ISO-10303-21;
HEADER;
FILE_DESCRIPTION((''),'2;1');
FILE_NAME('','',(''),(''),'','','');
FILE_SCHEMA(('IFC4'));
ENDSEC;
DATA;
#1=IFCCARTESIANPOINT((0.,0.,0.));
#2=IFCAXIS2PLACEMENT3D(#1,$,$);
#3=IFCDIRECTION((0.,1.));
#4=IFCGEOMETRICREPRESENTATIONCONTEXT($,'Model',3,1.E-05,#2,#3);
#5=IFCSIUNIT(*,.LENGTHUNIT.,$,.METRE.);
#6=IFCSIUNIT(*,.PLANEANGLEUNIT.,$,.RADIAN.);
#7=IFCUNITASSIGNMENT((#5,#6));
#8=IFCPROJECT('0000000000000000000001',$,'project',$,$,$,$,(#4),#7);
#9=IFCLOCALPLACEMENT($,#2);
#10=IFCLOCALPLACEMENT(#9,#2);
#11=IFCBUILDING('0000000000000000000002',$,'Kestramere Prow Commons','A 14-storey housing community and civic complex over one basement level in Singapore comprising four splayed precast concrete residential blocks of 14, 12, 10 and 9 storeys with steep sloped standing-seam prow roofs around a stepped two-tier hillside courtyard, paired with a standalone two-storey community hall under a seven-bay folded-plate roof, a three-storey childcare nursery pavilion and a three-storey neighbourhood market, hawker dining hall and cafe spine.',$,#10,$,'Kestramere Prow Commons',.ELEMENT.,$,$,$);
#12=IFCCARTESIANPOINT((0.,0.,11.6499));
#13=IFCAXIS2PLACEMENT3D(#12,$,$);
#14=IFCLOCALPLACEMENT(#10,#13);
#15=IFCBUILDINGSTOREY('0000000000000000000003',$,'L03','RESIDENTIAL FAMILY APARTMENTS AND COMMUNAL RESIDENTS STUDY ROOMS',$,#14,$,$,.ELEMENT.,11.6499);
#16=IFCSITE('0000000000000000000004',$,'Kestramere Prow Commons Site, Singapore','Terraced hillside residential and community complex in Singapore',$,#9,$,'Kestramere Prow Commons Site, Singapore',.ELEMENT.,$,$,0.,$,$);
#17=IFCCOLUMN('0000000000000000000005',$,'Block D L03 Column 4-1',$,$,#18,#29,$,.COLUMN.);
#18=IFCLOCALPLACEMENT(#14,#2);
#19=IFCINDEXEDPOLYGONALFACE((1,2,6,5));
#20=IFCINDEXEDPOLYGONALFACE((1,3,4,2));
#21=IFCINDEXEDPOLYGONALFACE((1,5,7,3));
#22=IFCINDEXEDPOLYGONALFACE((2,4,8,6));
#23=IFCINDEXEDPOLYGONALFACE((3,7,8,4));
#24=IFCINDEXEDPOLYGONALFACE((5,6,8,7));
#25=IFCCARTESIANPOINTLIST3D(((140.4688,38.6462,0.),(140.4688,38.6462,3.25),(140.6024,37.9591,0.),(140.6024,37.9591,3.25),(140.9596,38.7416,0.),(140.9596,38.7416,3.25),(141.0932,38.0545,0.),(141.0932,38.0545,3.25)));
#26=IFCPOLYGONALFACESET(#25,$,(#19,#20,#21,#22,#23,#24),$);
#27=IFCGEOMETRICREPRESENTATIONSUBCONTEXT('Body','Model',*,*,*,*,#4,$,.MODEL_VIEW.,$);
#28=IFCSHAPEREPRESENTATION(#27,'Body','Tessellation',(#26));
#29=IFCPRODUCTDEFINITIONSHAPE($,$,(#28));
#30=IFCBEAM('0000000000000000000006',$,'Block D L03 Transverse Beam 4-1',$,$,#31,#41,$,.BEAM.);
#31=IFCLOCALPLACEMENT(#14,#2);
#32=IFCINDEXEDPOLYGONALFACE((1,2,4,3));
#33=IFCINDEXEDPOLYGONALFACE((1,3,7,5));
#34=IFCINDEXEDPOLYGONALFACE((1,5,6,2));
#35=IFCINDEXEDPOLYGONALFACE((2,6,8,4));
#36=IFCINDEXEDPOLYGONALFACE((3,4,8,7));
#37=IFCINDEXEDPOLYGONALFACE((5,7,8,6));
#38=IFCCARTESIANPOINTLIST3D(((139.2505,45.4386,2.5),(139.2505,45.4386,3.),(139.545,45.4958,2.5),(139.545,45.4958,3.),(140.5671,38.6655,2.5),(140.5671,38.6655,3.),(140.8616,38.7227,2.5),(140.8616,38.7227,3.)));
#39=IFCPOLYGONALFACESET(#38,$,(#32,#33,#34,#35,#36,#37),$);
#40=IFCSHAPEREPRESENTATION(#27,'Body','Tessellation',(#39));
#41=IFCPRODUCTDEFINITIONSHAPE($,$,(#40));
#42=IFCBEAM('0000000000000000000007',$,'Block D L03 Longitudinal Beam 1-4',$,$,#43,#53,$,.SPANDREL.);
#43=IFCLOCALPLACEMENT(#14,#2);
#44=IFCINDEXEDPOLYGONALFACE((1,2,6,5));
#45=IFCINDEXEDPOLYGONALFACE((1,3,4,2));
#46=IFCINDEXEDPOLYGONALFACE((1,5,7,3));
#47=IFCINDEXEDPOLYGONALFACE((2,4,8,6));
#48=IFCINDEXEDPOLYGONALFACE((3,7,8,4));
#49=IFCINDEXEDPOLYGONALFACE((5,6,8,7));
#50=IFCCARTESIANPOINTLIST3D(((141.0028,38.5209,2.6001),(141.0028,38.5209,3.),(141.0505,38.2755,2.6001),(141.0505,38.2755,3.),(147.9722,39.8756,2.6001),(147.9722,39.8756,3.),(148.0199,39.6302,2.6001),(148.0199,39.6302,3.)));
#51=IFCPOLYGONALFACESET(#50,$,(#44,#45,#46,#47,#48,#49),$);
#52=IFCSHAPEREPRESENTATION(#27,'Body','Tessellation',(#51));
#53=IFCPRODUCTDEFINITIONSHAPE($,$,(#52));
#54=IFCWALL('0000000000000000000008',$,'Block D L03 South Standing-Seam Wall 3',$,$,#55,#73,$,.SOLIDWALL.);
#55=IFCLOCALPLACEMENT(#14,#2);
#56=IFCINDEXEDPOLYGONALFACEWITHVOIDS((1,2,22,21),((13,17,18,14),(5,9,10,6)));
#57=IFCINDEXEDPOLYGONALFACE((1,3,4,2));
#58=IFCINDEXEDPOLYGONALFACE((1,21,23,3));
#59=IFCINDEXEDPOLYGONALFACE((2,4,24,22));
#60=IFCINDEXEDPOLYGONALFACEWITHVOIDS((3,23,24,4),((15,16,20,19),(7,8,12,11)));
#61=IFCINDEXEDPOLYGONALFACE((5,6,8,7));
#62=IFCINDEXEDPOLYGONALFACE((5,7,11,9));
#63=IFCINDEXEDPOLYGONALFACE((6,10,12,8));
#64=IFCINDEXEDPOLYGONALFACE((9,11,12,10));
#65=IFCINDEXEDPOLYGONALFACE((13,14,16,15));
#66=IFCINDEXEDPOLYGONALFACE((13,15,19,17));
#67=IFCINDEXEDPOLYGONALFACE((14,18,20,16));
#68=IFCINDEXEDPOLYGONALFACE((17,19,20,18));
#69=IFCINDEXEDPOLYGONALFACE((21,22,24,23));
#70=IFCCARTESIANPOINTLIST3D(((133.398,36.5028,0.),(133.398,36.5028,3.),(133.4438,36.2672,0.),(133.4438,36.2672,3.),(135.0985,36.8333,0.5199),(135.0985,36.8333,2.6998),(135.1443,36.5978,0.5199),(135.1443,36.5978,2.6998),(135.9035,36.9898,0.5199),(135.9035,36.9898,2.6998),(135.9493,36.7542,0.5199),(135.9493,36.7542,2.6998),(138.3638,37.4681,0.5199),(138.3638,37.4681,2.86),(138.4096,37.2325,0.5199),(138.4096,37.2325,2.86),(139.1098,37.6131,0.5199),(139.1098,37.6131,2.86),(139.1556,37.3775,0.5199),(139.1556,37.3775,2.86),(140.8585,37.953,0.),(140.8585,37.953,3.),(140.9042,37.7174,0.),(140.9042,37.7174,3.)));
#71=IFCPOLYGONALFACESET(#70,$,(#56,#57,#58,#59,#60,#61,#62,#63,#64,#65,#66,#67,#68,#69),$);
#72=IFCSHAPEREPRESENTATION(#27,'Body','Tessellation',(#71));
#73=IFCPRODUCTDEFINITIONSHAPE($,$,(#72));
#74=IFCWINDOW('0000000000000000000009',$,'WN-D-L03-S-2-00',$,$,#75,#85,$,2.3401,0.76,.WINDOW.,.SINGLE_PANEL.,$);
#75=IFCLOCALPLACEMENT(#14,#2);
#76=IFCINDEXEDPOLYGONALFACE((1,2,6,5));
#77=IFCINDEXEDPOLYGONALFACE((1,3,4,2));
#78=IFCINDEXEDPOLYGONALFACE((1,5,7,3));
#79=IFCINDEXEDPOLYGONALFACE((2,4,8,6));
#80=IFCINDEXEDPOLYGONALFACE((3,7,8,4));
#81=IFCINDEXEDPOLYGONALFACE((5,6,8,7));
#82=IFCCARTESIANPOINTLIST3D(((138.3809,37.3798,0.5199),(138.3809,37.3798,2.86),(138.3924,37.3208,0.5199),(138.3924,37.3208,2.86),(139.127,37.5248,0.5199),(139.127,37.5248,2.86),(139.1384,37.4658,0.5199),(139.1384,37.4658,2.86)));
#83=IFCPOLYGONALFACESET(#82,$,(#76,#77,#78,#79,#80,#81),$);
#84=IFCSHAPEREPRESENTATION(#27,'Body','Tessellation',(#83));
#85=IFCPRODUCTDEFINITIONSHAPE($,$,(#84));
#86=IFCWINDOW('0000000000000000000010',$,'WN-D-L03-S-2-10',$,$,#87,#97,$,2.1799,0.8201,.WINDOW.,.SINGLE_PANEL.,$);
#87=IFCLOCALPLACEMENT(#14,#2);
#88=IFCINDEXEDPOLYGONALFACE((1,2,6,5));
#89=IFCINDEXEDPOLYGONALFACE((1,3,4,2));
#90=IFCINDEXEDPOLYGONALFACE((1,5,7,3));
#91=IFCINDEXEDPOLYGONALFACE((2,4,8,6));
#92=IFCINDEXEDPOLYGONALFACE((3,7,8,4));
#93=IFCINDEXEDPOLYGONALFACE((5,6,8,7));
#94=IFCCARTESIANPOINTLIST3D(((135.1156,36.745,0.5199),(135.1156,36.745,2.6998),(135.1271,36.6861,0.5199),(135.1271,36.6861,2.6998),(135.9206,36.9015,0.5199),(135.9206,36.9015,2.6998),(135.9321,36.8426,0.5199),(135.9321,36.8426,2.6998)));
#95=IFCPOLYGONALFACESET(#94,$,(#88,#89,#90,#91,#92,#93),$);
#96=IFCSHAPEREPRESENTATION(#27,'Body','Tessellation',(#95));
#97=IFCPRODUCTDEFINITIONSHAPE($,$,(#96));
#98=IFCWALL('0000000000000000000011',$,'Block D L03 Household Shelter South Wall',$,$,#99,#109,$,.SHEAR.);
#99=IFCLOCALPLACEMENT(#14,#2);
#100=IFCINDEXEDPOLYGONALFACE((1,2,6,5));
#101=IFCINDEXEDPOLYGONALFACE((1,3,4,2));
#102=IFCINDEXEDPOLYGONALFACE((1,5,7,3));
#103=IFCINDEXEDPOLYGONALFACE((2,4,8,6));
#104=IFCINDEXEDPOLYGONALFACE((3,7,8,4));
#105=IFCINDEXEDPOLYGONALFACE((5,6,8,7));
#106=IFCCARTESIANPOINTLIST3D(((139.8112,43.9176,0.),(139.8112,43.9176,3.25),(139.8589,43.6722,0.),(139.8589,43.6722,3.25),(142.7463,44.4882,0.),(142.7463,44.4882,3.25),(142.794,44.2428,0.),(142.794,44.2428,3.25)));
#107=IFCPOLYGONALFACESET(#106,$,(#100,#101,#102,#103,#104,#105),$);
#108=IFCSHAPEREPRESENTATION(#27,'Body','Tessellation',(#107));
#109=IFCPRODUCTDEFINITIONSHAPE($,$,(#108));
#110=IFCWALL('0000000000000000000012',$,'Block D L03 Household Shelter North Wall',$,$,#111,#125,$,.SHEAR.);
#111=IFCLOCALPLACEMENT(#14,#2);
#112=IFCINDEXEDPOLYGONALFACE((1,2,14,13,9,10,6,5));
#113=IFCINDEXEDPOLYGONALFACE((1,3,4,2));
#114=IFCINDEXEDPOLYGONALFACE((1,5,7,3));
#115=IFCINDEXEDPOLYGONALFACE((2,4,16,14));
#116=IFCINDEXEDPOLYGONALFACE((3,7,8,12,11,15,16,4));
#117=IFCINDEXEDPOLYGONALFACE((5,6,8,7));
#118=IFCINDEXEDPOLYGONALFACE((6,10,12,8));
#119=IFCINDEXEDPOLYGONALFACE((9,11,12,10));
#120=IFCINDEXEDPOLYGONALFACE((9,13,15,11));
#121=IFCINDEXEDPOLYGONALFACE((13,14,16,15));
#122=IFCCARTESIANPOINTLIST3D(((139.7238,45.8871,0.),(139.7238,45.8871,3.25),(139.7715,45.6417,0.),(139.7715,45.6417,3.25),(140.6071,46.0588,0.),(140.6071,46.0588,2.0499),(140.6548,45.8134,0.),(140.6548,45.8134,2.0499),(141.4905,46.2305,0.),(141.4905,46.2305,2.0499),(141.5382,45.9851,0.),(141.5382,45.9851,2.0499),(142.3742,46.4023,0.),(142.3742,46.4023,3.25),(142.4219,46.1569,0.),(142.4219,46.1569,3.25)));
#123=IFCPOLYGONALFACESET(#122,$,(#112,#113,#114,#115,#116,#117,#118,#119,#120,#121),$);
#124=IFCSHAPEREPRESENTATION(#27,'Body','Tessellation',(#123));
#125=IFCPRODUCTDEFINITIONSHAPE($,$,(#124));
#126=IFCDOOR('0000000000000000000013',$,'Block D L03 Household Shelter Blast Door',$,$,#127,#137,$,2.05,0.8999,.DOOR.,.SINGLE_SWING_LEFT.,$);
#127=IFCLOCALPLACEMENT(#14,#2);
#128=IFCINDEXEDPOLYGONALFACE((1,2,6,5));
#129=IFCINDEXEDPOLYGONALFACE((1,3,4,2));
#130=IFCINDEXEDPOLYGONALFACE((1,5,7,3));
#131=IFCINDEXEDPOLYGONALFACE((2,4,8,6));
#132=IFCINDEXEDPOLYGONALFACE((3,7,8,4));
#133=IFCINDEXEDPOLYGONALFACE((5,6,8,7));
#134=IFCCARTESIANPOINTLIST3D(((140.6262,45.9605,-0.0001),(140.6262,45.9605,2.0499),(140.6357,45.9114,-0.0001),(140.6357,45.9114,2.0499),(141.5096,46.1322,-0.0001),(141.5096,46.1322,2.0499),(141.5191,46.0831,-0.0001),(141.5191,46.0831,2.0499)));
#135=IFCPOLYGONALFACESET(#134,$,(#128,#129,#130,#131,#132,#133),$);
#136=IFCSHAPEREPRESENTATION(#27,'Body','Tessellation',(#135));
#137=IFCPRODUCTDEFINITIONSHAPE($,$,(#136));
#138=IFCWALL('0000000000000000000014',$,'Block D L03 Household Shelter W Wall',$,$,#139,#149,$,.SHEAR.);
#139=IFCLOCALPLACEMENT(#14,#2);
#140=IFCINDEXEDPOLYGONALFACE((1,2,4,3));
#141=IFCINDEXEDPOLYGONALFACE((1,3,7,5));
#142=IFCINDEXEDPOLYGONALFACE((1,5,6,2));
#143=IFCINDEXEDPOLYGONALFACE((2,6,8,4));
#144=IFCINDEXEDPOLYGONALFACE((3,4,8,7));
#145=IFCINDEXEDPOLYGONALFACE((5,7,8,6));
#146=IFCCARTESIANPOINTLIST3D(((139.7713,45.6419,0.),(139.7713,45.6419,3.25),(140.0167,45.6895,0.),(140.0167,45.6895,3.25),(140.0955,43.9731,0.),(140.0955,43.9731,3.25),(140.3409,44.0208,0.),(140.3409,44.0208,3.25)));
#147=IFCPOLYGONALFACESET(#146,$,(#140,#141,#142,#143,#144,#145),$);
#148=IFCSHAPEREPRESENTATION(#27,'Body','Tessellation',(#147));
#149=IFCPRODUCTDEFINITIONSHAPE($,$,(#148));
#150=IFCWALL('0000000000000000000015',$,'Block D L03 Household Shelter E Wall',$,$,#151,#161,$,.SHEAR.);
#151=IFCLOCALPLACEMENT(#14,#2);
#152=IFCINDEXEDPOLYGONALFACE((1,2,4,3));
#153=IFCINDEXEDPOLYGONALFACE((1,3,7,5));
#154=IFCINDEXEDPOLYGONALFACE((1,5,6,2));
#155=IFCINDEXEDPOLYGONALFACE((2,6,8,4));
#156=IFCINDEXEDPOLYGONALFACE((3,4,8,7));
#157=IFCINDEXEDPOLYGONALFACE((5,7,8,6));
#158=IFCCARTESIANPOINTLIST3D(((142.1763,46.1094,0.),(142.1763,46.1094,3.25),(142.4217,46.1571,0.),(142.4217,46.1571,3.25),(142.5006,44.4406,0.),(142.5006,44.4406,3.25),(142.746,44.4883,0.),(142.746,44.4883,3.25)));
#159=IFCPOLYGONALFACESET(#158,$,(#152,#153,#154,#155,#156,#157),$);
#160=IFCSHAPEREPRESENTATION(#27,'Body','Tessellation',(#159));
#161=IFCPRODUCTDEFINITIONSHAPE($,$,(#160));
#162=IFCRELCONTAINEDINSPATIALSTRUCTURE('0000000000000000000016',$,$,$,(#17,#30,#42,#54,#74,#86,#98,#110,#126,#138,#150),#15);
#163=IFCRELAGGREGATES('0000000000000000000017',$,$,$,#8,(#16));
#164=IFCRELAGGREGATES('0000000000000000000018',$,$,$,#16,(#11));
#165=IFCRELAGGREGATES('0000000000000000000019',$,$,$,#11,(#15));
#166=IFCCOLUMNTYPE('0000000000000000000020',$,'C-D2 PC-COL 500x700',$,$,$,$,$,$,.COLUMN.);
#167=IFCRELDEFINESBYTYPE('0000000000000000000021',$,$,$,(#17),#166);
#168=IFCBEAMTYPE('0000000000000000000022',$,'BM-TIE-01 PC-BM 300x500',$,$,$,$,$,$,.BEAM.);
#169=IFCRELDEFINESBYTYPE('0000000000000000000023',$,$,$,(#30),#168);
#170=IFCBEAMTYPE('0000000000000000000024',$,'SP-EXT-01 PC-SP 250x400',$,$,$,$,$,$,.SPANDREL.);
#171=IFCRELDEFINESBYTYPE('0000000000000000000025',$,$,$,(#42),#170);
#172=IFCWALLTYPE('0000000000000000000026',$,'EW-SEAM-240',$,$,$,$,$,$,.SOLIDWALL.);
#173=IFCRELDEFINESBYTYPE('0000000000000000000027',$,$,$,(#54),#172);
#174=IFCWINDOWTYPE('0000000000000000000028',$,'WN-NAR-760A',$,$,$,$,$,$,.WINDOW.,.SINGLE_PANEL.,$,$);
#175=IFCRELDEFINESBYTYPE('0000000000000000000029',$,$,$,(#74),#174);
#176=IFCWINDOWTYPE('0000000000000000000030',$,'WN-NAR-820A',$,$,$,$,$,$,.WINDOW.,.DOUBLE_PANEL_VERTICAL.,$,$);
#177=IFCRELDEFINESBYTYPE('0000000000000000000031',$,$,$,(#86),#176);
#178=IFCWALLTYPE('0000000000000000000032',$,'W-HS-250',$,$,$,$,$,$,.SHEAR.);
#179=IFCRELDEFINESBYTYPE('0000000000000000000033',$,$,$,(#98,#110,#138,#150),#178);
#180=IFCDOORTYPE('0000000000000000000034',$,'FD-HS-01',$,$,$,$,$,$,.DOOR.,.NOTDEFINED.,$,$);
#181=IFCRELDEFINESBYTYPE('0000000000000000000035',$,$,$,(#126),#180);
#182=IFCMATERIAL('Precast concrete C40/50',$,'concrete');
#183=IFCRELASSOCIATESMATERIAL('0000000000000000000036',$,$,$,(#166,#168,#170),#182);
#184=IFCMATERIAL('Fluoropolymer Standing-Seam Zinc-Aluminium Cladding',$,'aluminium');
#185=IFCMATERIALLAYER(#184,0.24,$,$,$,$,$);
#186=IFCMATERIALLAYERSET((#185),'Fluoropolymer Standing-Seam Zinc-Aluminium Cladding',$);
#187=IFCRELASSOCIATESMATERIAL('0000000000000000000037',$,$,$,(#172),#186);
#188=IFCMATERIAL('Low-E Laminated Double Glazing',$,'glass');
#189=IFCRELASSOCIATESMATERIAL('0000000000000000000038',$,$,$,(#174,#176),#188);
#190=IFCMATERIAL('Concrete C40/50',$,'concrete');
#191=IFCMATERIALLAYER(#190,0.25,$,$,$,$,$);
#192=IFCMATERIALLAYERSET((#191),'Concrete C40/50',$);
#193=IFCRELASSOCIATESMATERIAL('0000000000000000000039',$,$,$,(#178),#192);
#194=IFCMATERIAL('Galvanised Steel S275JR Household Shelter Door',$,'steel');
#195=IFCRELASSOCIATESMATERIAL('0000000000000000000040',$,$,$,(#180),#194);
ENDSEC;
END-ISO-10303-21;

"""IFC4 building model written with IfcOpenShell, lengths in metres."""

from ifc_helpers import new_model, si_unit, direction, frame, frame_2d, origin, origin_2d, place, context, subcontext, project, spatial, rectangle, extrude, material, layer, layer_set, material_profile, profile_set, type_object, element, fill, save


model = new_model("IFC4")

# Units and contexts
model_context = context("Model", 3, precision=1e-05, world=origin(), true_north=direction((0.0, 1.0)))
body_context = subcontext(model_context, "Body", "Model", "MODEL_VIEW")
ifc_project = project(units=[si_unit("LENGTHUNIT", "METRE"), si_unit("PLANEANGLEUNIT", "RADIAN")], contexts=[model_context])

# Site, building, storey
site_placement = place(None, origin())
site = spatial("IfcSite", under=ifc_project, at=site_placement, Name="Kestramere Prow Commons Site, Singapore", Description="Terraced hillside residential and community complex in Singapore", LongName="Kestramere Prow Commons Site, Singapore", CompositionType="ELEMENT", RefElevation=0.0)
building_placement = place(site_placement, origin())
building = spatial("IfcBuilding", under=site, at=building_placement, Name="Kestramere Prow Commons", Description="A 14-storey housing community and civic complex over one basement level in Singapore comprising four splayed precast concrete residential blocks of 14, 12, 10 and 9 storeys with steep sloped standing-seam prow roofs around a stepped two-tier hillside courtyard, paired with a standalone two-storey community hall under a seven-bay folded-plate roof, a three-storey childcare nursery pavilion and a three-storey neighbourhood market, hawker dining hall and cafe spine.", LongName="Kestramere Prow Commons", CompositionType="ELEMENT")
storey_placement = place(building_placement, frame((0.0, 0.0, 11.6499)))
storey = spatial("IfcBuildingStorey", under=building, at=storey_placement, Name="L03", Description="RESIDENTIAL FAMILY APARTMENTS AND COMMUNAL RESIDENTS STUDY ROOMS", CompositionType="ELEMENT", Elevation=11.6499)

# Column
ifc_material_1 = material(Name="Precast concrete C40/50", Category="concrete")
ifc_material_profile_1 = material_profile(ifc_material_1, rectangle(XDim=0.5, YDim=0.7, at=origin_2d()), Name="PC-COL 500x700")
ifc_profile_set_1 = profile_set([ifc_material_profile_1], Name="Precast concrete C40/50")
column_type = type_object("IfcColumnType", Name="C-D2 PC-COL 500x700", PredefinedType="COLUMN", material=ifc_profile_set_1)
column_placement = place(storey_placement, frame((140.781, 38.3503, 0.0), z_axis=(0.0, 0.0, 1.0), x_axis=(0.981627, 0.190809, 0.0)))
element("IfcColumn", 1, at=column_placement, inside=storey, type_object=column_type, Name="Block D L03 Column 4-1", PredefinedType="COLUMN", context=body_context, shape_type="SweptSolid", body=[
    extrude(rectangle(XDim=0.5, YDim=0.7, at=origin_2d()), origin(), (0.0, 0.0, 1.0), 3.25),
])

# Beams
ifc_material_profile_2 = material_profile(ifc_material_1, rectangle(XDim=0.3, YDim=0.5, at=origin_2d()), Name="PC-BM 300x500")
ifc_profile_set_2 = profile_set([ifc_material_profile_2], Name="Precast concrete C40/50")
beam_type_1 = type_object("IfcBeamType", Name="BM-TIE-01 PC-BM 300x500", PredefinedType="BEAM", material=ifc_profile_set_2)
beam_1_placement = place(storey_placement, frame((140.7144, 38.6941, 2.75), z_axis=(-0.190819, 0.981625, 0.0), x_axis=(-0.981625, -0.190819, 0.0)))
element("IfcBeam", 2, at=beam_1_placement, inside=storey, type_object=beam_type_1, Name="Block D L03 Transverse Beam 4-1", PredefinedType="BEAM", context=body_context, shape_type="SweptSolid", body=[
    extrude(rectangle(XDim=0.3, YDim=0.5, at=origin_2d()), origin(), (0.0, 0.0, 1.0), 6.8999),
])
ifc_material_profile_3 = material_profile(ifc_material_1, rectangle(XDim=0.25, YDim=0.3999, at=origin_2d()), Name="PC-SP 250x400")
ifc_profile_set_3 = profile_set([ifc_material_profile_3], Name="Precast concrete C40/50")
beam_type_2 = type_object("IfcBeamType", Name="SP-EXT-01 PC-SP 250x400", PredefinedType="SPANDREL", material=ifc_profile_set_3)
beam_2_placement = place(storey_placement, frame((141.0266, 38.3982, 2.8), z_axis=(0.981627, 0.19081, 0.0), x_axis=(-0.19081, 0.981627, 0.0)))
element("IfcBeam", 3, at=beam_2_placement, inside=storey, type_object=beam_type_2, Name="Block D L03 Longitudinal Beam 1-4", PredefinedType="SPANDREL", context=body_context, shape_type="SweptSolid", body=[
    extrude(rectangle(XDim=0.25, YDim=0.3999, at=origin_2d()), origin(), (0.0, 0.0, 1.0), 7.0999),
])

# Wall, openings, windows
ifc_material_2 = material(Name="Fluoropolymer Standing-Seam Zinc-Aluminium Cladding", Category="aluminium")
ifc_layer_1 = layer(ifc_material_2, 0.24)
ifc_layer_set_1 = layer_set([ifc_layer_1], Name="Fluoropolymer Standing-Seam Zinc-Aluminium Cladding")
wall_type_1 = type_object("IfcWallType", Name="EW-SEAM-240", PredefinedType="SOLIDWALL", material=ifc_layer_set_1)
wall_1_placement = place(storey_placement, frame((140.8813, 37.8352, 0.0), z_axis=(0.0, 0.0, 1.0), x_axis=(-0.981626, -0.190813, 0.0)))
wall_1 = element("IfcWall", 4, at=wall_1_placement, inside=storey, type_object=wall_type_1, Name="Block D L03 South Standing-Seam Wall 3", PredefinedType="SOLIDWALL", context=body_context, shape_type="SweptSolid", body=[
    extrude(rectangle(XDim=7.6001, YDim=0.24, at=frame_2d((3.8, 0.0))), origin(), (0.0, 0.0, 1.0), 3.0),
])
opening_1_placement = place(wall_1_placement, frame((1.7815, 0.0, 0.52)))
opening_1 = element("IfcOpeningElement", 5, at=opening_1_placement, cuts=wall_1, PredefinedType="OPENING", context=body_context, shape_type="SweptSolid", body=[
    extrude(rectangle(XDim=0.76, YDim=2.3401, at=frame_2d((0.3799, 1.1699))), frame((0.0, 0.135, 0.0), z_axis=(0.0, -1.0, 0.0), x_axis=(1.0, 0.0, 0.0)), (0.0, 0.0, 1.0), 0.27),
])
opening_2_placement = place(wall_1_placement, frame((5.0476, 0.0, 0.52)))
opening_2 = element("IfcOpeningElement", 6, at=opening_2_placement, cuts=wall_1, PredefinedType="OPENING", context=body_context, shape_type="SweptSolid", body=[
    extrude(rectangle(XDim=0.8201, YDim=2.1799, at=frame_2d((0.4102, 1.0898))), frame((0.0, 0.135, 0.0), z_axis=(0.0, -1.0, 0.0), x_axis=(1.0, 0.0, 0.0)), (0.0, 0.0, 1.0), 0.27),
])
ifc_material_3 = material(Name="Low-E Laminated Double Glazing", Category="glass")
window_type_1 = type_object("IfcWindowType", Name="WN-NAR-760A", PartitioningType="SINGLE_PANEL", PredefinedType="WINDOW", material=ifc_material_3)
window_1_placement = place(opening_1_placement, origin())
window_1 = element("IfcWindow", 7, at=window_1_placement, inside=storey, type_object=window_type_1, Name="WN-D-L03-S-2-00", OverallHeight=2.3401, OverallWidth=0.76, PartitioningType="SINGLE_PANEL", PredefinedType="WINDOW", context=body_context, shape_type="SweptSolid", body=[
    extrude(rectangle(XDim=0.76, YDim=2.3401, at=frame_2d((0.3799, 1.1699))), frame((0.0, 0.03, 0.0), z_axis=(0.0, -1.0, 0.0), x_axis=(1.0, 0.0, 0.0)), (0.0, 0.0, 1.0), 0.0601),
])
fill(opening_1, window_1)
window_type_2 = type_object("IfcWindowType", Name="WN-NAR-820A", PartitioningType="DOUBLE_PANEL_VERTICAL", PredefinedType="WINDOW", material=ifc_material_3)
window_2_placement = place(opening_2_placement, origin())
window_2 = element("IfcWindow", 8, at=window_2_placement, inside=storey, type_object=window_type_2, Name="WN-D-L03-S-2-10", OverallHeight=2.1799, OverallWidth=0.8201, PartitioningType="SINGLE_PANEL", PredefinedType="WINDOW", context=body_context, shape_type="SweptSolid", body=[
    extrude(rectangle(XDim=0.8201, YDim=2.1799, at=frame_2d((0.4102, 1.0898))), frame((0.0, 0.03, 0.0), z_axis=(0.0, -1.0, 0.0), x_axis=(1.0, 0.0, 0.0)), (0.0, 0.0, 1.0), 0.0601),
])
fill(opening_2, window_2)

# Wall
ifc_material_4 = material(Name="Concrete C40/50", Category="concrete")
ifc_layer_2 = layer(ifc_material_4, 0.25)
ifc_layer_set_2 = layer_set([ifc_layer_2], Name="Concrete C40/50")
wall_type_2 = type_object("IfcWallType", Name="W-HS-250", PredefinedType="SHEAR", material=ifc_layer_set_2)
wall_2_placement = place(storey_placement, frame((139.835, 43.7949, 0.0), z_axis=(0.0, 0.0, 1.0), x_axis=(0.981625, 0.190822, 0.0)))
element("IfcWall", 9, at=wall_2_placement, inside=storey, type_object=wall_type_2, Name="Block D L03 Household Shelter South Wall", PredefinedType="SHEAR", context=body_context, shape_type="SweptSolid", body=[
    extrude(rectangle(XDim=2.99, YDim=0.25, at=frame_2d((1.4951, 0.0))), origin(), (0.0, 0.0, 1.0), 3.25),
])

# Wall, opening, door
wall_3_placement = place(storey_placement, frame((139.7476, 45.7644, 0.0), z_axis=(0.0, 0.0, 1.0), x_axis=(0.98163, 0.190792, 0.0)))
wall_3 = element("IfcWall", 10, at=wall_3_placement, inside=storey, type_object=wall_type_2, Name="Block D L03 Household Shelter North Wall", PredefinedType="SHEAR", context=body_context, shape_type="SweptSolid", body=[
    extrude(rectangle(XDim=2.7, YDim=0.25, at=frame_2d((1.3501, 0.0))), origin(), (0.0, 0.0, 1.0), 3.25),
])
opening_3_placement = place(wall_3_placement, frame((0.8999, 0.0, 0.0)))
opening_3 = element("IfcOpeningElement", 11, at=opening_3_placement, cuts=wall_3, PredefinedType="OPENING", context=body_context, shape_type="SweptSolid", body=[
    extrude(rectangle(XDim=0.8999, YDim=2.05, at=frame_2d((0.45, 1.0249))), frame((0.0, 0.1399, 0.0), z_axis=(0.0, -1.0, 0.0), x_axis=(1.0, 0.0, 0.0)), (0.0, 0.0, 1.0), 0.28),
])
ifc_material_5 = material(Name="Galvanised Steel S275JR Household Shelter Door", Category="steel")
door_type_1 = type_object("IfcDoorType", Name="FD-HS-01", OperationType="NOTDEFINED", PredefinedType="DOOR", material=ifc_material_5)
door_1_placement = place(opening_3_placement, origin())
door_1 = element("IfcDoor", 12, at=door_1_placement, inside=storey, type_object=door_type_1, Name="Block D L03 Household Shelter Blast Door", OperationType="SINGLE_SWING_LEFT", OverallHeight=2.05, OverallWidth=0.8999, PredefinedType="DOOR", context=body_context, shape_type="SweptSolid", body=[
    extrude(rectangle(XDim=0.8999, YDim=2.05, at=frame_2d((0.45, 1.0249))), frame((0.0, 0.0249, 0.0), z_axis=(0.0, -1.0, 0.0), x_axis=(1.0, 0.0, 0.0)), (0.0, 0.0, 1.0), 0.05),
])
fill(opening_3, door_1)

# Walls
for number, where, z_axis, x_axis, name in (
    (13, (140.2183, 43.9968, 0.0), (0.0, 0.0, 1.0), (-0.190727, 0.981643, 0.0), "Block D L03 Household Shelter W Wall"),
    (14, (142.6233, 44.4644, 0.0), (0.0, 0.0, 1.0), (-0.190727, 0.981643, 0.0), "Block D L03 Household Shelter E Wall"),
):
    element("IfcWall", number, at=place(storey_placement, frame(where, z_axis=z_axis, x_axis=x_axis)), inside=storey, type_object=wall_type_2, Name=name, PredefinedType="SHEAR", context=body_context, shape_type="SweptSolid", body=[
        extrude(rectangle(XDim=1.7, YDim=0.25, at=frame_2d((0.8501, 0.0))), origin(), (0.0, 0.0, 1.0), 3.25),
    ])

save(model, "model.ifc")
